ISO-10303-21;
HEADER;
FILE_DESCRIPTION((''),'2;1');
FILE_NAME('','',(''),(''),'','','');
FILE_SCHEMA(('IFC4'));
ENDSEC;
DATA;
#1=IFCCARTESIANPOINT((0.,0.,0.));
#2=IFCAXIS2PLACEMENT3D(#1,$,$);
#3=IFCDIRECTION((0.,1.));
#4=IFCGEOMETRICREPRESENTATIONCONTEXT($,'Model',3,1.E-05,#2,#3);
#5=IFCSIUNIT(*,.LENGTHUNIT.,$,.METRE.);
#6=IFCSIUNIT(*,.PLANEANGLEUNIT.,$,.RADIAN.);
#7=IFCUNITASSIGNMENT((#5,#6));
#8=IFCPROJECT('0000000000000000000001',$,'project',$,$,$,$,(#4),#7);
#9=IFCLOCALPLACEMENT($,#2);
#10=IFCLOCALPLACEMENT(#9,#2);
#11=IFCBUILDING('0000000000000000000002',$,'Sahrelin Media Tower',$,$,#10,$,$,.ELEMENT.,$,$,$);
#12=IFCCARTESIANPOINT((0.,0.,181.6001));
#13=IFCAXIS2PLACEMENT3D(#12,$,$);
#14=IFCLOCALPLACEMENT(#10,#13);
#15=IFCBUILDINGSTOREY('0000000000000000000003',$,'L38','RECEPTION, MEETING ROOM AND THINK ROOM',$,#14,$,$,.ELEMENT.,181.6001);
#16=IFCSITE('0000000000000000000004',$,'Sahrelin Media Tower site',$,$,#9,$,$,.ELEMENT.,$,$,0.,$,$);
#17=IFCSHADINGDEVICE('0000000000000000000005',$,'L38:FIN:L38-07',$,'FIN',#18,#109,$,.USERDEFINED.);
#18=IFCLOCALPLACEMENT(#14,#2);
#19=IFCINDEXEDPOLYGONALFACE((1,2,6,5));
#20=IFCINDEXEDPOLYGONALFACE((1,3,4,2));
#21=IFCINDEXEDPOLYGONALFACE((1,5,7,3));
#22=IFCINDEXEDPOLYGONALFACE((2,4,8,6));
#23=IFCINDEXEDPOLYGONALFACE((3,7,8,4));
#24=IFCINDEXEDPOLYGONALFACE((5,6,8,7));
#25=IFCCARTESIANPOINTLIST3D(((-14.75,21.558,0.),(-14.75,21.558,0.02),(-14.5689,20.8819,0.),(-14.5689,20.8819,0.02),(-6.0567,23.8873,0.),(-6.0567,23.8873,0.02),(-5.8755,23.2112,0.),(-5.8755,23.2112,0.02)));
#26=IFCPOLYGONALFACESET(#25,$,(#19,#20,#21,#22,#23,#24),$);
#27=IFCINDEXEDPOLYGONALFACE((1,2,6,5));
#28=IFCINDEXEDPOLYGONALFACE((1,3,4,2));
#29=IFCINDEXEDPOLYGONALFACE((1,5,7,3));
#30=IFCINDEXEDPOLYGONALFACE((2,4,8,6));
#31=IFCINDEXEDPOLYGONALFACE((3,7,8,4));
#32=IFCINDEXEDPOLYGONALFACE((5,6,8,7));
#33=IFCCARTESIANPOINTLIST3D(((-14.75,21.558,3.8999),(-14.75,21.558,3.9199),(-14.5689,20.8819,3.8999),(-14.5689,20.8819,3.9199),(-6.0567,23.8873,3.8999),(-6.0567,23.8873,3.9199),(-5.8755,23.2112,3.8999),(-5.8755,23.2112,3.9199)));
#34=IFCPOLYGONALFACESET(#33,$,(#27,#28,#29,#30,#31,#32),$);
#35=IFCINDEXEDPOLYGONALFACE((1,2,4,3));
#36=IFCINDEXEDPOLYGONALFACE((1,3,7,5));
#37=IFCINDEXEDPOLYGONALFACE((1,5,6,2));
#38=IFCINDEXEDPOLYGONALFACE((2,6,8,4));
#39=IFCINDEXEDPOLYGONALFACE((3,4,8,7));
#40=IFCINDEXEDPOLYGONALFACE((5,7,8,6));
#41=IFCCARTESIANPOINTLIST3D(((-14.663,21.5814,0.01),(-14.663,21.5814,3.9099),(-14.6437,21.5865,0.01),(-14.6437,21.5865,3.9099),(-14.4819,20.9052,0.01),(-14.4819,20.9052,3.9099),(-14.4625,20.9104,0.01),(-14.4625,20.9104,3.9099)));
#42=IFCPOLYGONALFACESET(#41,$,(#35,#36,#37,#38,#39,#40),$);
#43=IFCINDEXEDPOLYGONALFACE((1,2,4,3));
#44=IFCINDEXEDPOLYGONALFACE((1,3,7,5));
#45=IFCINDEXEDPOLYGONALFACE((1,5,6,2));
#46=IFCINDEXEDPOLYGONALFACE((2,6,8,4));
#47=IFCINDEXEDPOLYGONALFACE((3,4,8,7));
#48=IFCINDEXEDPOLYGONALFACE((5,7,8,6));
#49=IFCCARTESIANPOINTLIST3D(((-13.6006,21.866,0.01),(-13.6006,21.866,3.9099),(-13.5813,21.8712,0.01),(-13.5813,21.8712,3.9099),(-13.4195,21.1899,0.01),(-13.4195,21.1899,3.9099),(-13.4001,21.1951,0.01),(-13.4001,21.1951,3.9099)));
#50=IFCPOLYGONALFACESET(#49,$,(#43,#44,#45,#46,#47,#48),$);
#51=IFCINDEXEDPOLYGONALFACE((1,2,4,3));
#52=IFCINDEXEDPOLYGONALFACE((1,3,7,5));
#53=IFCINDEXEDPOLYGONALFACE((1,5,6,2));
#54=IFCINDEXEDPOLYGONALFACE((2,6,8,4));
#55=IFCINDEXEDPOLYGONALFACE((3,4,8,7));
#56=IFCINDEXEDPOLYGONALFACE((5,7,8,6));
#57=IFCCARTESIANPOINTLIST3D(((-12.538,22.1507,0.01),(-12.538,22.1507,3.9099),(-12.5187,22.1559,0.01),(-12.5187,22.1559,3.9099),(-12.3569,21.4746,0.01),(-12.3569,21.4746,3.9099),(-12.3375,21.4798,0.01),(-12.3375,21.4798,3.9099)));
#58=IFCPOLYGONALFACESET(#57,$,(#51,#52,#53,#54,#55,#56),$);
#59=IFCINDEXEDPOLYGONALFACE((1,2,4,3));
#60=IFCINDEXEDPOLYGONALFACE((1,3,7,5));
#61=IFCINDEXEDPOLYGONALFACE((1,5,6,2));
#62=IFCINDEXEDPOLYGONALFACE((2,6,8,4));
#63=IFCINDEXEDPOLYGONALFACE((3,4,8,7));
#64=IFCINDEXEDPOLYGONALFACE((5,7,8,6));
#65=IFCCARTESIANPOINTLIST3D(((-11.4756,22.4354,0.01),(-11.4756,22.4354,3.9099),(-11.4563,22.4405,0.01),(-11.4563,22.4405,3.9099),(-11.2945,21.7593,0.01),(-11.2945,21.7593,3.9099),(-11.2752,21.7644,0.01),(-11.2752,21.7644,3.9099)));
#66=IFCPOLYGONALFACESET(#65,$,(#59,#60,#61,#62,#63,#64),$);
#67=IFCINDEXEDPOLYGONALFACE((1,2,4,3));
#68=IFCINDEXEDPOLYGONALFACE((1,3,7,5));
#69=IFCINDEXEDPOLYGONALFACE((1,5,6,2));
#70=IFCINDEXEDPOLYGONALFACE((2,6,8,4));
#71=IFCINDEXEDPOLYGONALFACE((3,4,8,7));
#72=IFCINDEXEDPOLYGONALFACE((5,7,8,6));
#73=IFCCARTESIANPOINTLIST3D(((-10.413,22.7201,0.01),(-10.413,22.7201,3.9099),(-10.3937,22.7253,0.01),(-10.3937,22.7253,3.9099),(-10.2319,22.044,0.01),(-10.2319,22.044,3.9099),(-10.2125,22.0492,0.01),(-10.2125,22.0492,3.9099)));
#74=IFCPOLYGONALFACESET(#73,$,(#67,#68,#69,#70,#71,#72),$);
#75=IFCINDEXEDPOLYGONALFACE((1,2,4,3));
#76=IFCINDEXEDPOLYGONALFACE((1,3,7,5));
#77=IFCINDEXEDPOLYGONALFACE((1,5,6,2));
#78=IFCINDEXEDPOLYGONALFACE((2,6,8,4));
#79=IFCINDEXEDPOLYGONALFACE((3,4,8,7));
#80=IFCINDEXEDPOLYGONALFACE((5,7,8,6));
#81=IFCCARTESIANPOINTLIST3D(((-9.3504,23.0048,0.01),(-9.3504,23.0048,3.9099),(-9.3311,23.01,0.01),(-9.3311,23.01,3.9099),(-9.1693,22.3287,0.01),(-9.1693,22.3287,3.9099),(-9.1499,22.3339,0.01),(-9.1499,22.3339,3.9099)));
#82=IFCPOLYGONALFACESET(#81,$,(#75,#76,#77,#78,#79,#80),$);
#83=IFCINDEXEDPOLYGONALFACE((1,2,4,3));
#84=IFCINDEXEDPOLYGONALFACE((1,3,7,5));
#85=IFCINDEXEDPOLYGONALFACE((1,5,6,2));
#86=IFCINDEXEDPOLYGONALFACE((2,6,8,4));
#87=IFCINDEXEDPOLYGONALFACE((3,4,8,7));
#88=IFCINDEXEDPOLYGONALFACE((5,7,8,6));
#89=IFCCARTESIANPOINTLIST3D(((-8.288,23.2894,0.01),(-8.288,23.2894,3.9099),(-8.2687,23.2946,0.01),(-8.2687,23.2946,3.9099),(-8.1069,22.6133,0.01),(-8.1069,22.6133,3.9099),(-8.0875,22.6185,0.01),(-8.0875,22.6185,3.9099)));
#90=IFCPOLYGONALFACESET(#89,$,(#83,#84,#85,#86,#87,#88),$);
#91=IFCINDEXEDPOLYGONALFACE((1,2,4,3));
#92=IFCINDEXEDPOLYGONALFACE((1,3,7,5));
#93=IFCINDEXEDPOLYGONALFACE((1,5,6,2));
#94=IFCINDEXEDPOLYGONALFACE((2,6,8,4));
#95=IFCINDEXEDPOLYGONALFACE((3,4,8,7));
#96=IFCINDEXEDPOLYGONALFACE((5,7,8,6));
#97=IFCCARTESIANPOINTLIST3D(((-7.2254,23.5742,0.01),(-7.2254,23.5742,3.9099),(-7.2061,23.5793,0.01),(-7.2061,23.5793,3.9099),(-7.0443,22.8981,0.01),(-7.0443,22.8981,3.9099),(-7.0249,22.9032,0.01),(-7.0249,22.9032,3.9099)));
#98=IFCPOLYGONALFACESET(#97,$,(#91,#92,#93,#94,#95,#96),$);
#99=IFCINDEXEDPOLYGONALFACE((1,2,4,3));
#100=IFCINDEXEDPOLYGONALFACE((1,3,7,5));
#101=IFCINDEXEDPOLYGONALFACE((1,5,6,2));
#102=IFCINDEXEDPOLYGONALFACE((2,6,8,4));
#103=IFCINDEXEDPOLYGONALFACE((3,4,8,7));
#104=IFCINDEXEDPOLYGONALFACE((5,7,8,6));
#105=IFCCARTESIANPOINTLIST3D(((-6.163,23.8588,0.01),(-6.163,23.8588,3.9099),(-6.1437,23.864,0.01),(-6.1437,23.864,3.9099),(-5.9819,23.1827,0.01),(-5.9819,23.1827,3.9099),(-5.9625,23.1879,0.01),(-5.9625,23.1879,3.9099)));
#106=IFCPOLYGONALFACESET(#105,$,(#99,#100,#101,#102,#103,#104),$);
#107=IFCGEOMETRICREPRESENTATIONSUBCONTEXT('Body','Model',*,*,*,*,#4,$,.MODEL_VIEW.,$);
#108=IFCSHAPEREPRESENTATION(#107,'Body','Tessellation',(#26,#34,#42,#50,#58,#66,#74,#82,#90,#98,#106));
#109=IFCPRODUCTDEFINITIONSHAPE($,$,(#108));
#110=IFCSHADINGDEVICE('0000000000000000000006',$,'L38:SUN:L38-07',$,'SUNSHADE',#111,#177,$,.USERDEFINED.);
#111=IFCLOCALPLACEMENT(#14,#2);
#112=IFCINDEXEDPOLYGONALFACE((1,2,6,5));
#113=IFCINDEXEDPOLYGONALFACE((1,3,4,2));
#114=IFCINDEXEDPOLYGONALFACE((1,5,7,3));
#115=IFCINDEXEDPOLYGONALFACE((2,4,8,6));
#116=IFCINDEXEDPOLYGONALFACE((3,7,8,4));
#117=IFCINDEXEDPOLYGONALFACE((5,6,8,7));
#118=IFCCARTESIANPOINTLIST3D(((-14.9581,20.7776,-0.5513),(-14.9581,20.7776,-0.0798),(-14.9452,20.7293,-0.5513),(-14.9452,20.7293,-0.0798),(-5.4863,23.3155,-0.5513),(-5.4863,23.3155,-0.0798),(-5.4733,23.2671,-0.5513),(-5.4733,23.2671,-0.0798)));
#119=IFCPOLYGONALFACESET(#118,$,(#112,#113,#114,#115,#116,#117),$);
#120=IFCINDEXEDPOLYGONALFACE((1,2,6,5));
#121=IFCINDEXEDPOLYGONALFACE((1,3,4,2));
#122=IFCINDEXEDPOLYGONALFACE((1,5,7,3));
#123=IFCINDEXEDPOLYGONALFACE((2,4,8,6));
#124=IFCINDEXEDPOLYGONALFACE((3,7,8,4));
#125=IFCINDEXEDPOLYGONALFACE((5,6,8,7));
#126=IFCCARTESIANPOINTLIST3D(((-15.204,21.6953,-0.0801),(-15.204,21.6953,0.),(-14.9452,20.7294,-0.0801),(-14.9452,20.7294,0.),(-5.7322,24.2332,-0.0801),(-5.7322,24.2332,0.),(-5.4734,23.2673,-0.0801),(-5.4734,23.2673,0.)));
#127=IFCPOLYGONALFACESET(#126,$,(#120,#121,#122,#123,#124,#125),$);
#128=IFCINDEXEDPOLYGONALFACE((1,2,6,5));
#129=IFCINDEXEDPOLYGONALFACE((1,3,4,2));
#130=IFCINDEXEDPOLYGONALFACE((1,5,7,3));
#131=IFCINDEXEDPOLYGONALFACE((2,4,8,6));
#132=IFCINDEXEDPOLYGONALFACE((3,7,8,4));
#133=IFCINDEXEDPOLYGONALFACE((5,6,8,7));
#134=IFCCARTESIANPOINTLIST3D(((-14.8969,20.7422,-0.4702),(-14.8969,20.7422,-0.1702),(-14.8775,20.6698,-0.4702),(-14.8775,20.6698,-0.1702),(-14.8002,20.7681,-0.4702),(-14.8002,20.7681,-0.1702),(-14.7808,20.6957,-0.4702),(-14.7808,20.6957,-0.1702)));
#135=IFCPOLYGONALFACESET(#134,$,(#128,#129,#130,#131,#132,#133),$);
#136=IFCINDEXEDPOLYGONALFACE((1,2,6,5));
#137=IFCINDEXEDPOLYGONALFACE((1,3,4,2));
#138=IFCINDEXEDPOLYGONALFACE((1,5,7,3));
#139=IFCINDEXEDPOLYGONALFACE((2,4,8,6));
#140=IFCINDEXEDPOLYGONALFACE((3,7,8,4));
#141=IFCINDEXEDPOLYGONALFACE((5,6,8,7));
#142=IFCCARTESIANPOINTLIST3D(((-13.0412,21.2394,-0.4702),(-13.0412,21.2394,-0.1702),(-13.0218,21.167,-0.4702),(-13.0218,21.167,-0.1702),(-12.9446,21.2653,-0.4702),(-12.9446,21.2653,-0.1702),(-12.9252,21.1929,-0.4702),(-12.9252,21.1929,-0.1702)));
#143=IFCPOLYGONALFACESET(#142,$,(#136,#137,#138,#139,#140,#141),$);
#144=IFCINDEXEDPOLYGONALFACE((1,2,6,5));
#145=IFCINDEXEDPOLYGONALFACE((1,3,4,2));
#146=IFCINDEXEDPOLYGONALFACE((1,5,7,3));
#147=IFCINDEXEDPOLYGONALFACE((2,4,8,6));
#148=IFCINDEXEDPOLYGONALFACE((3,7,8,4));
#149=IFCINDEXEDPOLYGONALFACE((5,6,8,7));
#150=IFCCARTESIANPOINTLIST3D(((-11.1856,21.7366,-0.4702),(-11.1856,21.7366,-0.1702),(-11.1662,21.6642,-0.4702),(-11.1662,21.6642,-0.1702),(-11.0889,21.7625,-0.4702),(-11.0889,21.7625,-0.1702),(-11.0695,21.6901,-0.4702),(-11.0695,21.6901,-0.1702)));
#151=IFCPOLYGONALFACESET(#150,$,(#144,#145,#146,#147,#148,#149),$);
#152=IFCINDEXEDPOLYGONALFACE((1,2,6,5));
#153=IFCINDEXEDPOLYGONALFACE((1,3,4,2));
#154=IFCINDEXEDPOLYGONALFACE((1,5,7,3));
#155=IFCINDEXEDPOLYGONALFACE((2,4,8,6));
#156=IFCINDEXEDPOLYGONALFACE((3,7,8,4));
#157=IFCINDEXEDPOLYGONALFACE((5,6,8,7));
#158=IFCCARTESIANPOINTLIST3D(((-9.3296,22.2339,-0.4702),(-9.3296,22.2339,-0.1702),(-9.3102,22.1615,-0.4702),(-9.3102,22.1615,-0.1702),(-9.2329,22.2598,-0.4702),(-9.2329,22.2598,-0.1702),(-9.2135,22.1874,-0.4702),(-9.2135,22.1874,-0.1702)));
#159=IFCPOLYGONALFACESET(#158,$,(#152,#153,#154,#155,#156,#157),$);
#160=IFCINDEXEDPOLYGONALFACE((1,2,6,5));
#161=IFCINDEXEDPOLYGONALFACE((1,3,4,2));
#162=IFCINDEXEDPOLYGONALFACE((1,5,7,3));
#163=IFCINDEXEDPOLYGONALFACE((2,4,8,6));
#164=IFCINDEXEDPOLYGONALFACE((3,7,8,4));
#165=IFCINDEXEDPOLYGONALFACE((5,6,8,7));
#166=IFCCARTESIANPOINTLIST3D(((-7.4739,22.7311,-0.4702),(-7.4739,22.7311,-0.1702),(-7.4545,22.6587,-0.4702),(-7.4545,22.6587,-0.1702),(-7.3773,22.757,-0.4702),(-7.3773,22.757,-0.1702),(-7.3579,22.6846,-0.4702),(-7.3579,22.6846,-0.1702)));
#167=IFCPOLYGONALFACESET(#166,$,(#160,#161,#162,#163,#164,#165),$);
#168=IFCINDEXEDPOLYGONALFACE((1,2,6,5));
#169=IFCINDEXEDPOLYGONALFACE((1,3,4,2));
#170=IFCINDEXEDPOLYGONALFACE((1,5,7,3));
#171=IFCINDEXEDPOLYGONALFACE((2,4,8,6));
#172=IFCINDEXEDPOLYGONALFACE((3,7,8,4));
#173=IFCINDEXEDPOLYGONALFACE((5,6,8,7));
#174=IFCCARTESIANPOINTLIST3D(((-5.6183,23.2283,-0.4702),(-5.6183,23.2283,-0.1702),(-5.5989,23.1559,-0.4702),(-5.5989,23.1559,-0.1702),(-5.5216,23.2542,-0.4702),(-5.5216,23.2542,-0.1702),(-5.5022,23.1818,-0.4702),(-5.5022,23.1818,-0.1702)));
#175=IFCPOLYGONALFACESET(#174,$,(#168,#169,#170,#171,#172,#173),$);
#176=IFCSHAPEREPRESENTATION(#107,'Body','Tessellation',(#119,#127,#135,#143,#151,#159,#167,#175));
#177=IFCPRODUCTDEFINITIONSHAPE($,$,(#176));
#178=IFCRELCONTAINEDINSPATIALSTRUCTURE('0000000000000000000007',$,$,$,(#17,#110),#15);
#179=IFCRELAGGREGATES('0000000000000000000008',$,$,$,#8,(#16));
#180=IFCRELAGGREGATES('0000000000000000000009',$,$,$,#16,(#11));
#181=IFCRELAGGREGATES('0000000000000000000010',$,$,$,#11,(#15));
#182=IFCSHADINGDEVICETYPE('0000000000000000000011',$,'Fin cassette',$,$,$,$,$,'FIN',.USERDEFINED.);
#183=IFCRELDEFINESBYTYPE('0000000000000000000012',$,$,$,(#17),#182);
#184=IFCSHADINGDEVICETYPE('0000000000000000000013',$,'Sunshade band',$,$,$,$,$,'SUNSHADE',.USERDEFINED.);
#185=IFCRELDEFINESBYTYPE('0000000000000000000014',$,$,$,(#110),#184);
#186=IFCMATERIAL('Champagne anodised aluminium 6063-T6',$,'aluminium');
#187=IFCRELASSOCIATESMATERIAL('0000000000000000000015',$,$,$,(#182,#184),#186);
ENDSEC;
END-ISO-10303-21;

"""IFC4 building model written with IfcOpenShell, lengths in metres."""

from ifc_helpers import new_model, si_unit, direction, frame, origin, origin_2d, place, context, subcontext, project, spatial, rectangle, extrude, material, type_object, element, save


model = new_model("IFC4")

# Units and contexts
model_context = context("Model", 3, precision=1e-05, world=origin(), true_north=direction((0.0, 1.0)))
body_context = subcontext(model_context, "Body", "Model", "MODEL_VIEW")
ifc_project = project(units=[si_unit("LENGTHUNIT", "METRE"), si_unit("PLANEANGLEUNIT", "RADIAN")], contexts=[model_context])

# Site, building, storey
site_placement = place(None, origin())
site = spatial("IfcSite", under=ifc_project, at=site_placement, Name="Sahrelin Media Tower site", CompositionType="ELEMENT", RefElevation=0.0)
building_placement = place(site_placement, origin())
building = spatial("IfcBuilding", under=site, at=building_placement, Name="Sahrelin Media Tower", CompositionType="ELEMENT")
storey_placement = place(building_placement, frame((0.0, 0.0, 181.6001)))
storey = spatial("IfcBuildingStorey", under=building, at=storey_placement, Name="L38", Description="RECEPTION, MEETING ROOM AND THINK ROOM", CompositionType="ELEMENT", Elevation=181.6001)

# Shared definitions
ifc_material_1 = material(Name="Champagne anodised aluminium 6063-T6", Category="aluminium")

# Shading devices
shading_device_type_1 = type_object("IfcShadingDeviceType", Name="Fin cassette", ElementType="FIN", PredefinedType="USERDEFINED", material=ifc_material_1)
placement = place(storey_placement, frame((-10.2041, 21.979, 0.0), z_axis=(0.0, 0.0, 1.0), x_axis=(0.965929, 0.258808, 0.0)))
element("IfcShadingDevice", 1, at=placement, inside=storey, type_object=shading_device_type_1, Name="L38:FIN:L38-07", ObjectType="FIN", PredefinedType="USERDEFINED", context=body_context, shape_type="SweptSolid", body=[
    extrude(rectangle(XDim=9.0, YDim=0.7, at=origin_2d()), frame((0.0, 0.4199, 0.0)), (0.0, 0.0, 1.0), 0.02),
    extrude(rectangle(XDim=9.0, YDim=0.7, at=origin_2d()), frame((0.0, 0.4199, 3.8999)), (0.0, 0.0, 1.0), 0.02),
    extrude(rectangle(XDim=0.02, YDim=0.7, at=origin_2d()), frame((-4.3999, 0.4199, 0.01), z_axis=(0.0, 0.0, 1.0), x_axis=(1.0, 0.0, 0.0)), (0.0, 0.0, 1.0), 3.8999),
    extrude(rectangle(XDim=0.02, YDim=0.7, at=origin_2d()), frame((-3.3, 0.4199, 0.01), z_axis=(0.0, 0.0, 1.0), x_axis=(1.0, 0.0, 0.0)), (0.0, 0.0, 1.0), 3.8999),
    extrude(rectangle(XDim=0.02, YDim=0.7, at=origin_2d()), frame((-2.2, 0.4199, 0.01), z_axis=(0.0, 0.0, 1.0), x_axis=(1.0, 0.0, 0.0)), (0.0, 0.0, 1.0), 3.8999),
    extrude(rectangle(XDim=0.02, YDim=0.7, at=origin_2d()), frame((-1.1001, 0.4199, 0.01), z_axis=(0.0, 0.0, 1.0), x_axis=(1.0, 0.0, 0.0)), (0.0, 0.0, 1.0), 3.8999),
    extrude(rectangle(XDim=0.02, YDim=0.7, at=origin_2d()), frame((0.0, 0.4199, 0.01), z_axis=(0.0, 0.0, 1.0), x_axis=(1.0, 0.0, 0.0)), (0.0, 0.0, 1.0), 3.8999),
    extrude(rectangle(XDim=0.02, YDim=0.7, at=origin_2d()), frame((1.1001, 0.4199, 0.01), z_axis=(0.0, 0.0, 1.0), x_axis=(1.0, 0.0, 0.0)), (0.0, 0.0, 1.0), 3.8999),
    extrude(rectangle(XDim=0.02, YDim=0.7, at=origin_2d()), frame((2.2, 0.4199, 0.01), z_axis=(0.0, 0.0, 1.0), x_axis=(1.0, 0.0, 0.0)), (0.0, 0.0, 1.0), 3.8999),
    extrude(rectangle(XDim=0.02, YDim=0.7, at=origin_2d()), frame((3.3, 0.4199, 0.01), z_axis=(0.0, 0.0, 1.0), x_axis=(1.0, 0.0, 0.0)), (0.0, 0.0, 1.0), 3.8999),
    extrude(rectangle(XDim=0.02, YDim=0.7, at=origin_2d()), frame((4.3999, 0.4199, 0.01), z_axis=(0.0, 0.0, 1.0), x_axis=(1.0, 0.0, 0.0)), (0.0, 0.0, 1.0), 3.8999),
])
shading_device_type_2 = type_object("IfcShadingDeviceType", Name="Sunshade band", ElementType="SUNSHADE", PredefinedType="USERDEFINED", material=ifc_material_1)
element("IfcShadingDevice", 2, at=placement, inside=storey, type_object=shading_device_type_2, Name="L38:SUN:L38-07", ObjectType="SUNSHADE", PredefinedType="USERDEFINED", context=body_context, shape_type="SweptSolid", body=[
    extrude(rectangle(XDim=9.8059, YDim=0.05, at=origin_2d()), frame((0.0, 0.0449, -0.5513)), (0.0, 0.0, 1.0), 0.4714),
    extrude(rectangle(XDim=9.8059, YDim=1.0, at=origin_2d()), frame((0.0, 0.52, -0.0801)), (0.0, 0.0, 1.0), 0.0801),
    extrude(rectangle(XDim=0.1001, YDim=0.075, at=origin_2d()), frame((-4.803, -0.0176, -0.4702)), (0.0, 0.0, 1.0), 0.3),
    extrude(rectangle(XDim=0.1001, YDim=0.075, at=origin_2d()), frame((-2.8818, -0.0176, -0.4702)), (0.0, 0.0, 1.0), 0.3),
    extrude(rectangle(XDim=0.1001, YDim=0.075, at=origin_2d()), frame((-0.9607, -0.0176, -0.4702)), (0.0, 0.0, 1.0), 0.3),
    extrude(rectangle(XDim=0.1001, YDim=0.075, at=origin_2d()), frame((0.9607, -0.0176, -0.4702)), (0.0, 0.0, 1.0), 0.3),
    extrude(rectangle(XDim=0.1001, YDim=0.075, at=origin_2d()), frame((2.8818, -0.0176, -0.4702)), (0.0, 0.0, 1.0), 0.3),
    extrude(rectangle(XDim=0.1001, YDim=0.075, at=origin_2d()), frame((4.803, -0.0176, -0.4702)), (0.0, 0.0, 1.0), 0.3),
])

save(model, "model.ifc")
